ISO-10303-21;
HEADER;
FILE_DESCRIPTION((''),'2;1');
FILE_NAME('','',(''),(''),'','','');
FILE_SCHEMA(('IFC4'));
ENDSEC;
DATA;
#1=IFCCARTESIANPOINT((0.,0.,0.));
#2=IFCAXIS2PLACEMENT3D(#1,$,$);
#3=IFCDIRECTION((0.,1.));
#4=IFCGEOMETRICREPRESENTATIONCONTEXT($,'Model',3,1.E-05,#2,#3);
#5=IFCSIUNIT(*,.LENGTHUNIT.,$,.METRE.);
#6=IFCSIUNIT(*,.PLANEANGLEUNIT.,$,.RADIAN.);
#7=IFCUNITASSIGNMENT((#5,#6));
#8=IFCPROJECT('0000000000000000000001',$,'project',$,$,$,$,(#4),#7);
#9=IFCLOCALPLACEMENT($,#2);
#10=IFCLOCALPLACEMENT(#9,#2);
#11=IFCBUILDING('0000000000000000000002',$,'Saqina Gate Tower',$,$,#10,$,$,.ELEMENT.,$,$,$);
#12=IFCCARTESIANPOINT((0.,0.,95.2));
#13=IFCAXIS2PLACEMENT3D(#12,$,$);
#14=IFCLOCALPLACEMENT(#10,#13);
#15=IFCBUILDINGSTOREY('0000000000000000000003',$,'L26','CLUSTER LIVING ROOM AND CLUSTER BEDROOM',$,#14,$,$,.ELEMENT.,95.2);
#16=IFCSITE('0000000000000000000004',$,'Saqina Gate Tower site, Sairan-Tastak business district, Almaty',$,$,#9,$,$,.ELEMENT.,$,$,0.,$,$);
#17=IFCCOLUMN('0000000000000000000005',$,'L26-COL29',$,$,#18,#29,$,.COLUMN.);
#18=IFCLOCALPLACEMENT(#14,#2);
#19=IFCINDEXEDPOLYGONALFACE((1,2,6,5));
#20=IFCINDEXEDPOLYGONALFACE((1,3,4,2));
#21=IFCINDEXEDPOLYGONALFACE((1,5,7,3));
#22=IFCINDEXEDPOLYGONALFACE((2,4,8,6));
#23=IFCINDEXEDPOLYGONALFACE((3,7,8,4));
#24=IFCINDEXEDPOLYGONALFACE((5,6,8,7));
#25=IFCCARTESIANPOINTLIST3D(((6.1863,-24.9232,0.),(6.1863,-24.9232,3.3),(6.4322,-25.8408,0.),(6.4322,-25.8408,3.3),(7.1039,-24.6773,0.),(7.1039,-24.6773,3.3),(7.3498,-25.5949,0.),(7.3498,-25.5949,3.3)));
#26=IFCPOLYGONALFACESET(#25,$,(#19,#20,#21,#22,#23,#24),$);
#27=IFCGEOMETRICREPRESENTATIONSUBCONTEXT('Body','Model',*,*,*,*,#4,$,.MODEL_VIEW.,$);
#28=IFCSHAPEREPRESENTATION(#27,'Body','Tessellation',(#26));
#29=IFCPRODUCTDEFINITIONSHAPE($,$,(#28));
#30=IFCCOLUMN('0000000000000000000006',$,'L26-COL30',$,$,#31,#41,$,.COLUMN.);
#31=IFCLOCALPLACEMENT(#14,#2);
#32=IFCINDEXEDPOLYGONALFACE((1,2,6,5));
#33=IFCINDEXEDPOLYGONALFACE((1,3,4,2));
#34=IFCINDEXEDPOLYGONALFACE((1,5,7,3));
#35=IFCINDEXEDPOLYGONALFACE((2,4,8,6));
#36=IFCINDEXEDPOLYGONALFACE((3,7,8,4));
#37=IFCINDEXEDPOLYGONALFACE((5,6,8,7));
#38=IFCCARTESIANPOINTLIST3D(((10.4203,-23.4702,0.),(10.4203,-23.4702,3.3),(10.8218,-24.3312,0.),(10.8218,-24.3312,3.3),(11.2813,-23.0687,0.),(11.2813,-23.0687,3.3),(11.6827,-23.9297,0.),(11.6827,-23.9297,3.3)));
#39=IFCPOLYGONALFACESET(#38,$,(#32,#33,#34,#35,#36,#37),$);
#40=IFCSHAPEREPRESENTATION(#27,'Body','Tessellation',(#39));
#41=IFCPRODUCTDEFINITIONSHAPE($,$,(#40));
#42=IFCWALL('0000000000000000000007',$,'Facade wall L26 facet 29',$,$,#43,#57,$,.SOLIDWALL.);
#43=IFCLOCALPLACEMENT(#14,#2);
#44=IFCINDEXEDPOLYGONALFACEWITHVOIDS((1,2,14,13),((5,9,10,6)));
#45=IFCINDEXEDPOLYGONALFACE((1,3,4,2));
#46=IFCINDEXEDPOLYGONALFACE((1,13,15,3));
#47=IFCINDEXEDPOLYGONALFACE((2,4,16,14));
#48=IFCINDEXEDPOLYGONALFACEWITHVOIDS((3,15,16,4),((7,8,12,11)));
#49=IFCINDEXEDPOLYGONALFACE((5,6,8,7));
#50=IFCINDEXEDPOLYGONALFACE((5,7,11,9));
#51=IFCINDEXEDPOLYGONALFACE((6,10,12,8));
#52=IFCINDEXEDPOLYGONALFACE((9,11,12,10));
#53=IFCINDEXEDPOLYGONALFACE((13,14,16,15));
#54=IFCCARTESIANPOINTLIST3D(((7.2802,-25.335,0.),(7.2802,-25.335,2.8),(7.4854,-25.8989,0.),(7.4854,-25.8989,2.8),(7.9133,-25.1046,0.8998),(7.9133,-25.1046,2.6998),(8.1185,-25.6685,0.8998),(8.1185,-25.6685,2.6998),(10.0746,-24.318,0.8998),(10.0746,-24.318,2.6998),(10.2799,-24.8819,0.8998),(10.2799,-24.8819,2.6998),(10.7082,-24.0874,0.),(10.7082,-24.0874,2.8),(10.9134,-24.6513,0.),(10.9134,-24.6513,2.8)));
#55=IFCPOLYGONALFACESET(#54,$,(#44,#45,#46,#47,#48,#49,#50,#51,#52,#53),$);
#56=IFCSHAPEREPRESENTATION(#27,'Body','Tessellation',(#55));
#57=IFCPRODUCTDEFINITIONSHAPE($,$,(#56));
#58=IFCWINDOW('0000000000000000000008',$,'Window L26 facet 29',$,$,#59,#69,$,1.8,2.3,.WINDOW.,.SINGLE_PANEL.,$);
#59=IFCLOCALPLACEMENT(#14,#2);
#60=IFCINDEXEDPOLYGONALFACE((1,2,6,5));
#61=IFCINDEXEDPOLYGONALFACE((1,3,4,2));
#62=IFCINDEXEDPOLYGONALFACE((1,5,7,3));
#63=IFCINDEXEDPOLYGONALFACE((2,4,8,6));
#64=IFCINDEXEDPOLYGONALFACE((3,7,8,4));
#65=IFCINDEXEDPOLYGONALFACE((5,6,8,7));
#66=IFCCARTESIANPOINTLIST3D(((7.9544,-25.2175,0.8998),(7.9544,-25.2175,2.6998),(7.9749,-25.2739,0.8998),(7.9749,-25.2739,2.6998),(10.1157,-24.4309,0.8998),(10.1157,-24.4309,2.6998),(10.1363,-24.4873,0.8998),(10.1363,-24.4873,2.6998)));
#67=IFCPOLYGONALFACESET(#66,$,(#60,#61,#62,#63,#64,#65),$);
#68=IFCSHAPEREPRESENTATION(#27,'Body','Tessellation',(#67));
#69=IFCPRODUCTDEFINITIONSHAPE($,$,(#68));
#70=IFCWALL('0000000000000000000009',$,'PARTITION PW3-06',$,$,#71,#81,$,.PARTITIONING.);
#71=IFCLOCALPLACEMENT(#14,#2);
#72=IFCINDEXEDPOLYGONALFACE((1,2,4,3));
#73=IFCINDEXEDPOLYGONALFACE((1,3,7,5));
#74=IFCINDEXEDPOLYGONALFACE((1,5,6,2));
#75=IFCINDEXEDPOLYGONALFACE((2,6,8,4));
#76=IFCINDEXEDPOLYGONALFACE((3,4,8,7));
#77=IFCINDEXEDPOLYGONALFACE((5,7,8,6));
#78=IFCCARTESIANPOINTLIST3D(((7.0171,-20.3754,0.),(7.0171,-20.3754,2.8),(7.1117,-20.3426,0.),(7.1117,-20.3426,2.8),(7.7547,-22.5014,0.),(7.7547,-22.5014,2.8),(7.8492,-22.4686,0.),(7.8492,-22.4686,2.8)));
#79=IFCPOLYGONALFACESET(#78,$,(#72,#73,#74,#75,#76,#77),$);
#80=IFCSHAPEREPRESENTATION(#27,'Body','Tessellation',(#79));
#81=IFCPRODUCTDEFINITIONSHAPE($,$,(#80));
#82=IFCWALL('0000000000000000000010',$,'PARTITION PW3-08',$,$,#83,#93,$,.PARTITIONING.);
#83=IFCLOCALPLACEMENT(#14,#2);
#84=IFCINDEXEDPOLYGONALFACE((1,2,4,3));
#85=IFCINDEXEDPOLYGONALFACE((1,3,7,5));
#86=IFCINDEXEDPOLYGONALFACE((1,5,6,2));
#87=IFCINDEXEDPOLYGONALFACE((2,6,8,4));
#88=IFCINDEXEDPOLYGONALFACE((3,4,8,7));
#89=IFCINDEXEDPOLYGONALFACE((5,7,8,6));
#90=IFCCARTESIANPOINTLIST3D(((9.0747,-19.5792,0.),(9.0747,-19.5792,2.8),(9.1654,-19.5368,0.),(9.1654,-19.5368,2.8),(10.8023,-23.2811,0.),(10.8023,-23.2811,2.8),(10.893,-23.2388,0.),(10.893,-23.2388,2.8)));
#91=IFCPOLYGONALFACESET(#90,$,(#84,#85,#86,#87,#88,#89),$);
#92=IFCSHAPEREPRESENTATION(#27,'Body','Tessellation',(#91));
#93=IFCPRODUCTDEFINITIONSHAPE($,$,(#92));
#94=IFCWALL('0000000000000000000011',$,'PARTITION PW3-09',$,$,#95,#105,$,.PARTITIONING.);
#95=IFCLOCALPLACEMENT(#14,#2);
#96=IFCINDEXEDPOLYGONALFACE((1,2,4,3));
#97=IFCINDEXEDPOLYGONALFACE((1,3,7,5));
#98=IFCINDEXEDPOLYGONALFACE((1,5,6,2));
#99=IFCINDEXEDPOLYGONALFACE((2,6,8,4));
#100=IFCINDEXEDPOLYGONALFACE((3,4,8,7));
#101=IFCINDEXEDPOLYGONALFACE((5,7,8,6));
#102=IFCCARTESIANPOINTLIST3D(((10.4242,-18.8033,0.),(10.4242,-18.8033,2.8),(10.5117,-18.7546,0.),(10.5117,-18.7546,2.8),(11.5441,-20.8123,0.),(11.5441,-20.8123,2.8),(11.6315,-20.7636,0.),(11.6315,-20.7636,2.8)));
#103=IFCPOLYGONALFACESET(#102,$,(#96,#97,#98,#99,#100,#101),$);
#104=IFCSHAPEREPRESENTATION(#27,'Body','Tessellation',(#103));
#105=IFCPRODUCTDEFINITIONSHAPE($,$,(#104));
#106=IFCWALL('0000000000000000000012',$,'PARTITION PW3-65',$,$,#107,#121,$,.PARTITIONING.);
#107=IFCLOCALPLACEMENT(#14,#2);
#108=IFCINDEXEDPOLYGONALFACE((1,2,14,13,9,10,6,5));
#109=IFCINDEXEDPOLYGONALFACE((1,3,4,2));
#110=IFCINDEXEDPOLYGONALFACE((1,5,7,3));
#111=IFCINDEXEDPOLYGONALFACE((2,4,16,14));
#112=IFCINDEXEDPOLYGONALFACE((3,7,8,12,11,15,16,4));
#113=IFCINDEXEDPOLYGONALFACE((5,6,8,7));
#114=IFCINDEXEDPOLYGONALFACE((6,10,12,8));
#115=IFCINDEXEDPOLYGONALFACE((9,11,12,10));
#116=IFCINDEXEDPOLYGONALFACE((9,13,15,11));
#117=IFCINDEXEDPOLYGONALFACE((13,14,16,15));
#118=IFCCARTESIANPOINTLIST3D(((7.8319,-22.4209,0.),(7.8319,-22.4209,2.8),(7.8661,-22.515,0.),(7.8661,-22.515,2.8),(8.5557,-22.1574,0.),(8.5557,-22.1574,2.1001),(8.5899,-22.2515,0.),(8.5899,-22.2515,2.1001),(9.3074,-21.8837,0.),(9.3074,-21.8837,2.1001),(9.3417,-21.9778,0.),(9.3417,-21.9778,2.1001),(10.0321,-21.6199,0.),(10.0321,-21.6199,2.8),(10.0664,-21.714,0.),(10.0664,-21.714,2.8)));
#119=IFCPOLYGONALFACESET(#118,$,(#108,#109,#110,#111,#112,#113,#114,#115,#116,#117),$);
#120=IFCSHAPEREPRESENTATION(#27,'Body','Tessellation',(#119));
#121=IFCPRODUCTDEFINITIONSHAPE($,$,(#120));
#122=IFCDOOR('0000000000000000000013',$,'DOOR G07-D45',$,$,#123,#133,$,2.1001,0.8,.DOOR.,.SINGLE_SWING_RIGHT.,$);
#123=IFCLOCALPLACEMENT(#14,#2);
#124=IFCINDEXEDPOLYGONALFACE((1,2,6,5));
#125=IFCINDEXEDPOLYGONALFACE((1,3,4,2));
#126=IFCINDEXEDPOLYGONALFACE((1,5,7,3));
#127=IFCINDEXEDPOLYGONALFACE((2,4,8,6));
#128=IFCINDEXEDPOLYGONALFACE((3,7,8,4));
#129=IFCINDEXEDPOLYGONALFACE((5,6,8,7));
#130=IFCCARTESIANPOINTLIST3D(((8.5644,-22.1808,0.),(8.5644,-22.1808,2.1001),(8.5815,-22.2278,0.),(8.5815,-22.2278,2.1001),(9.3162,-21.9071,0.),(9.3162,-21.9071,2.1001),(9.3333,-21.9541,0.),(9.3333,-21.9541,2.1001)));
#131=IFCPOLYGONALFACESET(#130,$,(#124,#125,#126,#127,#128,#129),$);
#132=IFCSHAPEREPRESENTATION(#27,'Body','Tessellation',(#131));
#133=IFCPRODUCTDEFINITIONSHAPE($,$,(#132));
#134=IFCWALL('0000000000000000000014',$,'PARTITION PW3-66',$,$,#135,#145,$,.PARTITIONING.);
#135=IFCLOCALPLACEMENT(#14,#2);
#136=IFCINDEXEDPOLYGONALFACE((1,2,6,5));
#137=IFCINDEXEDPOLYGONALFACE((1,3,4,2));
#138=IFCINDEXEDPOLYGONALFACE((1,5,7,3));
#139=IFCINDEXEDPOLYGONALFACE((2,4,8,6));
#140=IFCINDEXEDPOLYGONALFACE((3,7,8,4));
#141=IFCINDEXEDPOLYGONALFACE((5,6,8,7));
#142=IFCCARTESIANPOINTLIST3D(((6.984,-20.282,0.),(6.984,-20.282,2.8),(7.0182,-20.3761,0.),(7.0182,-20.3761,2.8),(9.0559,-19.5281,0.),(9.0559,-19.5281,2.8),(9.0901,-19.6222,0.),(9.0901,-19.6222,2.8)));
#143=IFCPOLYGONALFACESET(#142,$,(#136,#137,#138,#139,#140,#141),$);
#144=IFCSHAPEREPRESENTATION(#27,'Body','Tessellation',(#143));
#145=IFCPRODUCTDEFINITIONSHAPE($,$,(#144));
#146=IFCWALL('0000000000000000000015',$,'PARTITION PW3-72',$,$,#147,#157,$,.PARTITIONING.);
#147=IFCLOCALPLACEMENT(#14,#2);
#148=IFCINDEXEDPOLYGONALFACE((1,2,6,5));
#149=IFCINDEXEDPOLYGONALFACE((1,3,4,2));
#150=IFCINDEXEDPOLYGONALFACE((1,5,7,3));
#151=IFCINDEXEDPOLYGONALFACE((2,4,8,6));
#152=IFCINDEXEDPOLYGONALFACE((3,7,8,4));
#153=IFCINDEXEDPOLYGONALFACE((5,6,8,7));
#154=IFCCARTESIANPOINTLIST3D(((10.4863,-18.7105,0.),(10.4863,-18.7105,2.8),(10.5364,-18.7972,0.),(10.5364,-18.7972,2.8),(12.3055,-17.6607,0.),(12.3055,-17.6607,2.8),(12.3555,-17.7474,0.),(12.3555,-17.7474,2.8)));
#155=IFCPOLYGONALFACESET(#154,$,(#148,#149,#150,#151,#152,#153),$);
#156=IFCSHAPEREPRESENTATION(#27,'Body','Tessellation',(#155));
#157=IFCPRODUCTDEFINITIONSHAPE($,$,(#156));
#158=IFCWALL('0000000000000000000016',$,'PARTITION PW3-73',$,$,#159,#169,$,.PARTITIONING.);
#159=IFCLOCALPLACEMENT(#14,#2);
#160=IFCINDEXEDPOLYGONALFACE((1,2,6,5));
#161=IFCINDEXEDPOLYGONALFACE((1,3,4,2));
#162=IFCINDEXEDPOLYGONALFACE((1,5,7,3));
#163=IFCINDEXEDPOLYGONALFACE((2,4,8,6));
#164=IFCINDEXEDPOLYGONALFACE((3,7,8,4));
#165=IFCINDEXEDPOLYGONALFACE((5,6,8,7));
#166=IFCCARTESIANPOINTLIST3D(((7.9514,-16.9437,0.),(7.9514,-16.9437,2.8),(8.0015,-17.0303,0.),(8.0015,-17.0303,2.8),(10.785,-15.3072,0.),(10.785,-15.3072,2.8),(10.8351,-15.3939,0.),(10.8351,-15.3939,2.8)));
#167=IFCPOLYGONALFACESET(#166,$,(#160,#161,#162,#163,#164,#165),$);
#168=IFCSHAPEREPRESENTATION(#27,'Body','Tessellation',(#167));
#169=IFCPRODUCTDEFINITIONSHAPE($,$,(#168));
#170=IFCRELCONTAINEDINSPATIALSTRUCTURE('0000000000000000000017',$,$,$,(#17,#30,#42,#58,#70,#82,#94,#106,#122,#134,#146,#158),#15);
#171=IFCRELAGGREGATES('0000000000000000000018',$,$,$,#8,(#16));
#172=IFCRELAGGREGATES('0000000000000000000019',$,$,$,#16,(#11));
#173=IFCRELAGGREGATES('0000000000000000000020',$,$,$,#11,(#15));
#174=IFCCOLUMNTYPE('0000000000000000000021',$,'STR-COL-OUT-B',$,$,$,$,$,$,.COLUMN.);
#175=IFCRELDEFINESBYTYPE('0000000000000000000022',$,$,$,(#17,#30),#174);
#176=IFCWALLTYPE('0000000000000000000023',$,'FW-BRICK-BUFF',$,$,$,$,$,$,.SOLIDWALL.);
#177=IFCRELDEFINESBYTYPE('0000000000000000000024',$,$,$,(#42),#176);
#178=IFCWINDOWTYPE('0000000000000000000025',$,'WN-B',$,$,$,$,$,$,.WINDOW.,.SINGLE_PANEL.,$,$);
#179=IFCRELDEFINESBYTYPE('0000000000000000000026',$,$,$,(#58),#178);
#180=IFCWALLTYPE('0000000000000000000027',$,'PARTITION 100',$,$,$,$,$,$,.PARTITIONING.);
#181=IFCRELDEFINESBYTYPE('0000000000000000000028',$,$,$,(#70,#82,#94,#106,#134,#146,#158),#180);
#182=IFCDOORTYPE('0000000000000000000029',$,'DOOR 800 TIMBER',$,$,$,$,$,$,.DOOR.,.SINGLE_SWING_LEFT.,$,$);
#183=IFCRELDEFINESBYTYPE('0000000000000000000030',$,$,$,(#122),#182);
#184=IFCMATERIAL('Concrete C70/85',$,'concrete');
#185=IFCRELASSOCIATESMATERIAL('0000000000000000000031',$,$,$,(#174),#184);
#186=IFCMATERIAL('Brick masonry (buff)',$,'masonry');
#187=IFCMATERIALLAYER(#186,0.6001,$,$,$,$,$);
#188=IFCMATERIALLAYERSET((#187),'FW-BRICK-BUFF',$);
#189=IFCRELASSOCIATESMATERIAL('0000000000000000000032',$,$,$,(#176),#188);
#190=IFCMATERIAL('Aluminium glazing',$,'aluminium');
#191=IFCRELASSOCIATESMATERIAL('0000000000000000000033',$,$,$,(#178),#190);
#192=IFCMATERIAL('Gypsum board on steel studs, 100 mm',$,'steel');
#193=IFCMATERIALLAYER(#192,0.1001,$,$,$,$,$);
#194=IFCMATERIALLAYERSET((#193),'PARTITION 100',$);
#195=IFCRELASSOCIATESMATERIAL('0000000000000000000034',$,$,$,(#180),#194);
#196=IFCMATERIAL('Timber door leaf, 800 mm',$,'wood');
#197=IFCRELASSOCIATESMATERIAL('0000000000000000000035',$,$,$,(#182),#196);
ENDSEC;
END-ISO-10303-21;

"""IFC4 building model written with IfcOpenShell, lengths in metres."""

from ifc_helpers import new_model, si_unit, direction, frame, frame_2d, origin, origin_2d, place, context, subcontext, project, spatial, rectangle, extrude, material, layer, layer_set, material_profile, profile_set, type_object, element, fill, save


model = new_model("IFC4")

# Units and contexts
model_context = context("Model", 3, precision=1e-05, world=origin(), true_north=direction((0.0, 1.0)))
body_context = subcontext(model_context, "Body", "Model", "MODEL_VIEW")
ifc_project = project(units=[si_unit("LENGTHUNIT", "METRE"), si_unit("PLANEANGLEUNIT", "RADIAN")], contexts=[model_context])

# Site, building, storey
site_placement = place(None, origin())
site = spatial("IfcSite", under=ifc_project, at=site_placement, Name="Saqina Gate Tower site, Sairan-Tastak business district, Almaty", CompositionType="ELEMENT", RefElevation=0.0)
building_placement = place(site_placement, origin())
building = spatial("IfcBuilding", under=site, at=building_placement, Name="Saqina Gate Tower", CompositionType="ELEMENT")
storey_placement = place(building_placement, frame((0.0, 0.0, 95.2)))
storey = spatial("IfcBuildingStorey", under=building, at=storey_placement, Name="L26", Description="CLUSTER LIVING ROOM AND CLUSTER BEDROOM", CompositionType="ELEMENT", Elevation=95.2)

# Columns
ifc_material_1 = material(Name="Concrete C70/85", Category="concrete")
ifc_material_profile = material_profile(ifc_material_1, rectangle(XDim=0.95, YDim=0.95, at=origin_2d()), Name="RC 950x950")
ifc_profile_set = profile_set([ifc_material_profile], Name="Concrete C70/85")
column_type = type_object("IfcColumnType", Name="STR-COL-OUT-B", PredefinedType="COLUMN", material=ifc_profile_set)
for number, where, z_axis, x_axis, name in (
    (1, (6.7681, -25.259, 0.0), (0.0, 0.0, 1.0), (0.258819, -0.965926, 0.0), "L26-COL29"),
    (2, (11.0515, -23.7, 0.0), (0.0, 0.0, 1.0), (0.422618, -0.906308, 0.0), "L26-COL30"),
):
    element("IfcColumn", number, at=place(storey_placement, frame(where, z_axis=z_axis, x_axis=x_axis)), inside=storey, type_object=column_type, Name=name, PredefinedType="COLUMN", context=body_context, shape_type="SweptSolid", body=[
        extrude(rectangle(XDim=0.95, YDim=0.95, at=origin_2d()), origin(), (0.0, 0.0, 1.0), 3.3),
    ])

# Wall, opening, window
ifc_material_2 = material(Name="Brick masonry (buff)", Category="masonry")
ifc_layer_1 = layer(ifc_material_2, 0.6001)
ifc_layer_set_1 = layer_set([ifc_layer_1], Name="FW-BRICK-BUFF")
wall_type_1 = type_object("IfcWallType", Name="FW-BRICK-BUFF", PredefinedType="SOLIDWALL", material=ifc_layer_set_1)
wall_1_placement = place(storey_placement, frame((7.3828, -25.6169, 0.0), z_axis=(0.0, 0.0, 1.0), x_axis=(0.939704, 0.34199, 0.0)))
wall_1 = element("IfcWall", 3, at=wall_1_placement, inside=storey, type_object=wall_type_1, Name="Facade wall L26 facet 29", PredefinedType="SOLIDWALL", context=body_context, shape_type="SweptSolid", body=[
    extrude(rectangle(XDim=3.6479, YDim=0.6001, at=frame_2d((1.824, 0.0))), origin(), (0.0, 0.0, 1.0), 2.8),
])
opening_1_placement = place(wall_1_placement, frame((0.6738, 0.0, 0.8999)))
opening_1 = element("IfcOpeningElement", 4, at=opening_1_placement, cuts=wall_1, PredefinedType="OPENING", context=body_context, shape_type="SweptSolid", body=[
    extrude(rectangle(XDim=2.3, YDim=1.8, at=frame_2d((1.1499, 0.8999))), frame((0.0, 0.312, 0.0), z_axis=(0.0, -1.0, 0.0), x_axis=(1.0, 0.0, 0.0)), (0.0, 0.0, 1.0), 0.624),
])
ifc_material_3 = material(Name="Aluminium glazing", Category="aluminium")
window_type = type_object("IfcWindowType", Name="WN-B", PartitioningType="SINGLE_PANEL", PredefinedType="WINDOW", material=ifc_material_3)
window_placement = place(opening_1_placement, origin())
window = element("IfcWindow", 5, at=window_placement, inside=storey, type_object=window_type, Name="Window L26 facet 29", OverallHeight=1.8, OverallWidth=2.3, PartitioningType="SINGLE_PANEL", PredefinedType="WINDOW", context=body_context, shape_type="SweptSolid", body=[
    extrude(rectangle(XDim=2.3, YDim=1.8, at=frame_2d((1.1499, 0.8999))), frame((0.0, 0.1799, 0.0), z_axis=(0.0, -1.0, 0.0), x_axis=(1.0, 0.0, 0.0)), (0.0, 0.0, 1.0), 0.0601),
])
fill(opening_1, window)

# Walls
ifc_material_4 = material(Name="Gypsum board on steel studs, 100 mm", Category="steel")
ifc_layer_2 = layer(ifc_material_4, 0.1001)
ifc_layer_set_2 = layer_set([ifc_layer_2], Name="PARTITION 100")
wall_type_2 = type_object("IfcWallType", Name="PARTITION 100", PredefinedType="PARTITIONING", material=ifc_layer_set_2)
wall_2_placement = place(storey_placement, frame((7.0645, -20.3591, 0.0), z_axis=(0.0, 0.0, 1.0), x_axis=(0.327759, -0.944761, 0.0)))
element("IfcWall", 6, at=wall_2_placement, inside=storey, type_object=wall_type_2, Name="PARTITION PW3-06", PredefinedType="PARTITIONING", context=body_context, shape_type="SweptSolid", body=[
    extrude(rectangle(XDim=2.2502, YDim=0.1001, at=frame_2d((1.125, 0.0))), origin(), (0.0, 0.0, 1.0), 2.8),
])
wall_3_placement = place(storey_placement, frame((9.1201, -19.5581, 0.0), z_axis=(0.0, 0.0, 1.0), x_axis=(0.422882, -0.906185, 0.0)))
element("IfcWall", 7, at=wall_3_placement, inside=storey, type_object=wall_type_2, Name="PARTITION PW3-08", PredefinedType="PARTITIONING", context=body_context, shape_type="SweptSolid", body=[
    extrude(rectangle(XDim=4.0852, YDim=0.1001, at=frame_2d((2.0425, 0.0))), origin(), (0.0, 0.0, 1.0), 2.8),
])
wall_4_placement = place(storey_placement, frame((10.468, -18.7791, 0.0), z_axis=(0.0, 0.0, 1.0), x_axis=(0.486886, -0.873465, 0.0)))
element("IfcWall", 8, at=wall_4_placement, inside=storey, type_object=wall_type_2, Name="PARTITION PW3-09", PredefinedType="PARTITIONING", context=body_context, shape_type="SweptSolid", body=[
    extrude(rectangle(XDim=2.3, YDim=0.1001, at=frame_2d((1.1499, 0.0))), origin(), (0.0, 0.0, 1.0), 2.8),
])

# Wall, opening, door
wall_5_placement = place(storey_placement, frame((7.8489, -22.468, 0.0), z_axis=(0.0, 0.0, 1.0), x_axis=(0.939662, 0.342103, 0.0)))
wall_5 = element("IfcWall", 9, at=wall_5_placement, inside=storey, type_object=wall_type_2, Name="PARTITION PW3-65", PredefinedType="PARTITIONING", context=body_context, shape_type="SweptSolid", body=[
    extrude(rectangle(XDim=2.3416, YDim=0.1001, at=frame_2d((1.1709, 0.0))), origin(), (0.0, 0.0, 1.0), 2.8),
])
opening_2_placement = place(wall_5_placement, frame((0.7705, 0.0, 0.0)))
opening_2 = element("IfcOpeningElement", 10, at=opening_2_placement, cuts=wall_5, PredefinedType="OPENING", context=body_context, shape_type="SweptSolid", body=[
    extrude(rectangle(XDim=0.8, YDim=2.1001, at=frame_2d((0.3999, 1.05))), frame((0.0, 0.062, 0.0), z_axis=(0.0, -1.0, 0.0), x_axis=(1.0, 0.0, 0.0)), (0.0, 0.0, 1.0), 0.124),
])
ifc_material_5 = material(Name="Timber door leaf, 800 mm", Category="wood")
door_type_1 = type_object("IfcDoorType", Name="DOOR 800 TIMBER", OperationType="SINGLE_SWING_LEFT", PredefinedType="DOOR", material=ifc_material_5)
door_1_placement = place(opening_2_placement, frame((0.8, 0.0, 0.0), z_axis=(0.0, 0.0, 1.0), x_axis=(-1.0, 0.0, 0.0)))
door_1 = element("IfcDoor", 11, at=door_1_placement, inside=storey, type_object=door_type_1, Name="DOOR G07-D45", OperationType="SINGLE_SWING_RIGHT", OverallHeight=2.1001, OverallWidth=0.8, PredefinedType="DOOR", context=body_context, shape_type="SweptSolid", body=[
    extrude(rectangle(XDim=0.8, YDim=2.1001, at=frame_2d((0.3999, 1.05))), frame((0.0, 0.0249, 0.0), z_axis=(0.0, -1.0, 0.0), x_axis=(1.0, 0.0, 0.0)), (0.0, 0.0, 1.0), 0.05),
])
fill(opening_2, door_1)

# Walls
wall_6_placement = place(storey_placement, frame((7.001, -20.3291, 0.0), z_axis=(0.0, 0.0, 1.0), x_axis=(0.939729, 0.341921, 0.0)))
element("IfcWall", 12, at=wall_6_placement, inside=storey, type_object=wall_type_2, Name="PARTITION PW3-66", PredefinedType="PARTITIONING", context=body_context, shape_type="SweptSolid", body=[
    extrude(rectangle(XDim=2.2048, YDim=0.1001, at=frame_2d((1.1025, 0.0))), origin(), (0.0, 0.0, 1.0), 2.8),
])
wall_7_placement = place(storey_placement, frame((10.5112, -18.7539, 0.0), z_axis=(0.0, 0.0, 1.0), x_axis=(0.866118, 0.49984, 0.0)))
element("IfcWall", 13, at=wall_7_placement, inside=storey, type_object=wall_type_2, Name="PARTITION PW3-72", PredefinedType="PARTITIONING", context=body_context, shape_type="SweptSolid", body=[
    extrude(rectangle(XDim=2.1003, YDim=0.1001, at=frame_2d((1.0503, 0.0))), origin(), (0.0, 0.0, 1.0), 2.8),
])
wall_8_placement = place(storey_placement, frame((7.9763, -16.9871, 0.0), z_axis=(0.0, 0.0, 1.0), x_axis=(0.865971, 0.500095, 0.0)))
element("IfcWall", 14, at=wall_8_placement, inside=storey, type_object=wall_type_2, Name="PARTITION PW3-73", PredefinedType="PARTITIONING", context=body_context, shape_type="SweptSolid", body=[
    extrude(rectangle(XDim=3.2722, YDim=0.1001, at=frame_2d((1.6362, 0.0))), origin(), (0.0, 0.0, 1.0), 2.8),
])

save(model, "model.ifc")
